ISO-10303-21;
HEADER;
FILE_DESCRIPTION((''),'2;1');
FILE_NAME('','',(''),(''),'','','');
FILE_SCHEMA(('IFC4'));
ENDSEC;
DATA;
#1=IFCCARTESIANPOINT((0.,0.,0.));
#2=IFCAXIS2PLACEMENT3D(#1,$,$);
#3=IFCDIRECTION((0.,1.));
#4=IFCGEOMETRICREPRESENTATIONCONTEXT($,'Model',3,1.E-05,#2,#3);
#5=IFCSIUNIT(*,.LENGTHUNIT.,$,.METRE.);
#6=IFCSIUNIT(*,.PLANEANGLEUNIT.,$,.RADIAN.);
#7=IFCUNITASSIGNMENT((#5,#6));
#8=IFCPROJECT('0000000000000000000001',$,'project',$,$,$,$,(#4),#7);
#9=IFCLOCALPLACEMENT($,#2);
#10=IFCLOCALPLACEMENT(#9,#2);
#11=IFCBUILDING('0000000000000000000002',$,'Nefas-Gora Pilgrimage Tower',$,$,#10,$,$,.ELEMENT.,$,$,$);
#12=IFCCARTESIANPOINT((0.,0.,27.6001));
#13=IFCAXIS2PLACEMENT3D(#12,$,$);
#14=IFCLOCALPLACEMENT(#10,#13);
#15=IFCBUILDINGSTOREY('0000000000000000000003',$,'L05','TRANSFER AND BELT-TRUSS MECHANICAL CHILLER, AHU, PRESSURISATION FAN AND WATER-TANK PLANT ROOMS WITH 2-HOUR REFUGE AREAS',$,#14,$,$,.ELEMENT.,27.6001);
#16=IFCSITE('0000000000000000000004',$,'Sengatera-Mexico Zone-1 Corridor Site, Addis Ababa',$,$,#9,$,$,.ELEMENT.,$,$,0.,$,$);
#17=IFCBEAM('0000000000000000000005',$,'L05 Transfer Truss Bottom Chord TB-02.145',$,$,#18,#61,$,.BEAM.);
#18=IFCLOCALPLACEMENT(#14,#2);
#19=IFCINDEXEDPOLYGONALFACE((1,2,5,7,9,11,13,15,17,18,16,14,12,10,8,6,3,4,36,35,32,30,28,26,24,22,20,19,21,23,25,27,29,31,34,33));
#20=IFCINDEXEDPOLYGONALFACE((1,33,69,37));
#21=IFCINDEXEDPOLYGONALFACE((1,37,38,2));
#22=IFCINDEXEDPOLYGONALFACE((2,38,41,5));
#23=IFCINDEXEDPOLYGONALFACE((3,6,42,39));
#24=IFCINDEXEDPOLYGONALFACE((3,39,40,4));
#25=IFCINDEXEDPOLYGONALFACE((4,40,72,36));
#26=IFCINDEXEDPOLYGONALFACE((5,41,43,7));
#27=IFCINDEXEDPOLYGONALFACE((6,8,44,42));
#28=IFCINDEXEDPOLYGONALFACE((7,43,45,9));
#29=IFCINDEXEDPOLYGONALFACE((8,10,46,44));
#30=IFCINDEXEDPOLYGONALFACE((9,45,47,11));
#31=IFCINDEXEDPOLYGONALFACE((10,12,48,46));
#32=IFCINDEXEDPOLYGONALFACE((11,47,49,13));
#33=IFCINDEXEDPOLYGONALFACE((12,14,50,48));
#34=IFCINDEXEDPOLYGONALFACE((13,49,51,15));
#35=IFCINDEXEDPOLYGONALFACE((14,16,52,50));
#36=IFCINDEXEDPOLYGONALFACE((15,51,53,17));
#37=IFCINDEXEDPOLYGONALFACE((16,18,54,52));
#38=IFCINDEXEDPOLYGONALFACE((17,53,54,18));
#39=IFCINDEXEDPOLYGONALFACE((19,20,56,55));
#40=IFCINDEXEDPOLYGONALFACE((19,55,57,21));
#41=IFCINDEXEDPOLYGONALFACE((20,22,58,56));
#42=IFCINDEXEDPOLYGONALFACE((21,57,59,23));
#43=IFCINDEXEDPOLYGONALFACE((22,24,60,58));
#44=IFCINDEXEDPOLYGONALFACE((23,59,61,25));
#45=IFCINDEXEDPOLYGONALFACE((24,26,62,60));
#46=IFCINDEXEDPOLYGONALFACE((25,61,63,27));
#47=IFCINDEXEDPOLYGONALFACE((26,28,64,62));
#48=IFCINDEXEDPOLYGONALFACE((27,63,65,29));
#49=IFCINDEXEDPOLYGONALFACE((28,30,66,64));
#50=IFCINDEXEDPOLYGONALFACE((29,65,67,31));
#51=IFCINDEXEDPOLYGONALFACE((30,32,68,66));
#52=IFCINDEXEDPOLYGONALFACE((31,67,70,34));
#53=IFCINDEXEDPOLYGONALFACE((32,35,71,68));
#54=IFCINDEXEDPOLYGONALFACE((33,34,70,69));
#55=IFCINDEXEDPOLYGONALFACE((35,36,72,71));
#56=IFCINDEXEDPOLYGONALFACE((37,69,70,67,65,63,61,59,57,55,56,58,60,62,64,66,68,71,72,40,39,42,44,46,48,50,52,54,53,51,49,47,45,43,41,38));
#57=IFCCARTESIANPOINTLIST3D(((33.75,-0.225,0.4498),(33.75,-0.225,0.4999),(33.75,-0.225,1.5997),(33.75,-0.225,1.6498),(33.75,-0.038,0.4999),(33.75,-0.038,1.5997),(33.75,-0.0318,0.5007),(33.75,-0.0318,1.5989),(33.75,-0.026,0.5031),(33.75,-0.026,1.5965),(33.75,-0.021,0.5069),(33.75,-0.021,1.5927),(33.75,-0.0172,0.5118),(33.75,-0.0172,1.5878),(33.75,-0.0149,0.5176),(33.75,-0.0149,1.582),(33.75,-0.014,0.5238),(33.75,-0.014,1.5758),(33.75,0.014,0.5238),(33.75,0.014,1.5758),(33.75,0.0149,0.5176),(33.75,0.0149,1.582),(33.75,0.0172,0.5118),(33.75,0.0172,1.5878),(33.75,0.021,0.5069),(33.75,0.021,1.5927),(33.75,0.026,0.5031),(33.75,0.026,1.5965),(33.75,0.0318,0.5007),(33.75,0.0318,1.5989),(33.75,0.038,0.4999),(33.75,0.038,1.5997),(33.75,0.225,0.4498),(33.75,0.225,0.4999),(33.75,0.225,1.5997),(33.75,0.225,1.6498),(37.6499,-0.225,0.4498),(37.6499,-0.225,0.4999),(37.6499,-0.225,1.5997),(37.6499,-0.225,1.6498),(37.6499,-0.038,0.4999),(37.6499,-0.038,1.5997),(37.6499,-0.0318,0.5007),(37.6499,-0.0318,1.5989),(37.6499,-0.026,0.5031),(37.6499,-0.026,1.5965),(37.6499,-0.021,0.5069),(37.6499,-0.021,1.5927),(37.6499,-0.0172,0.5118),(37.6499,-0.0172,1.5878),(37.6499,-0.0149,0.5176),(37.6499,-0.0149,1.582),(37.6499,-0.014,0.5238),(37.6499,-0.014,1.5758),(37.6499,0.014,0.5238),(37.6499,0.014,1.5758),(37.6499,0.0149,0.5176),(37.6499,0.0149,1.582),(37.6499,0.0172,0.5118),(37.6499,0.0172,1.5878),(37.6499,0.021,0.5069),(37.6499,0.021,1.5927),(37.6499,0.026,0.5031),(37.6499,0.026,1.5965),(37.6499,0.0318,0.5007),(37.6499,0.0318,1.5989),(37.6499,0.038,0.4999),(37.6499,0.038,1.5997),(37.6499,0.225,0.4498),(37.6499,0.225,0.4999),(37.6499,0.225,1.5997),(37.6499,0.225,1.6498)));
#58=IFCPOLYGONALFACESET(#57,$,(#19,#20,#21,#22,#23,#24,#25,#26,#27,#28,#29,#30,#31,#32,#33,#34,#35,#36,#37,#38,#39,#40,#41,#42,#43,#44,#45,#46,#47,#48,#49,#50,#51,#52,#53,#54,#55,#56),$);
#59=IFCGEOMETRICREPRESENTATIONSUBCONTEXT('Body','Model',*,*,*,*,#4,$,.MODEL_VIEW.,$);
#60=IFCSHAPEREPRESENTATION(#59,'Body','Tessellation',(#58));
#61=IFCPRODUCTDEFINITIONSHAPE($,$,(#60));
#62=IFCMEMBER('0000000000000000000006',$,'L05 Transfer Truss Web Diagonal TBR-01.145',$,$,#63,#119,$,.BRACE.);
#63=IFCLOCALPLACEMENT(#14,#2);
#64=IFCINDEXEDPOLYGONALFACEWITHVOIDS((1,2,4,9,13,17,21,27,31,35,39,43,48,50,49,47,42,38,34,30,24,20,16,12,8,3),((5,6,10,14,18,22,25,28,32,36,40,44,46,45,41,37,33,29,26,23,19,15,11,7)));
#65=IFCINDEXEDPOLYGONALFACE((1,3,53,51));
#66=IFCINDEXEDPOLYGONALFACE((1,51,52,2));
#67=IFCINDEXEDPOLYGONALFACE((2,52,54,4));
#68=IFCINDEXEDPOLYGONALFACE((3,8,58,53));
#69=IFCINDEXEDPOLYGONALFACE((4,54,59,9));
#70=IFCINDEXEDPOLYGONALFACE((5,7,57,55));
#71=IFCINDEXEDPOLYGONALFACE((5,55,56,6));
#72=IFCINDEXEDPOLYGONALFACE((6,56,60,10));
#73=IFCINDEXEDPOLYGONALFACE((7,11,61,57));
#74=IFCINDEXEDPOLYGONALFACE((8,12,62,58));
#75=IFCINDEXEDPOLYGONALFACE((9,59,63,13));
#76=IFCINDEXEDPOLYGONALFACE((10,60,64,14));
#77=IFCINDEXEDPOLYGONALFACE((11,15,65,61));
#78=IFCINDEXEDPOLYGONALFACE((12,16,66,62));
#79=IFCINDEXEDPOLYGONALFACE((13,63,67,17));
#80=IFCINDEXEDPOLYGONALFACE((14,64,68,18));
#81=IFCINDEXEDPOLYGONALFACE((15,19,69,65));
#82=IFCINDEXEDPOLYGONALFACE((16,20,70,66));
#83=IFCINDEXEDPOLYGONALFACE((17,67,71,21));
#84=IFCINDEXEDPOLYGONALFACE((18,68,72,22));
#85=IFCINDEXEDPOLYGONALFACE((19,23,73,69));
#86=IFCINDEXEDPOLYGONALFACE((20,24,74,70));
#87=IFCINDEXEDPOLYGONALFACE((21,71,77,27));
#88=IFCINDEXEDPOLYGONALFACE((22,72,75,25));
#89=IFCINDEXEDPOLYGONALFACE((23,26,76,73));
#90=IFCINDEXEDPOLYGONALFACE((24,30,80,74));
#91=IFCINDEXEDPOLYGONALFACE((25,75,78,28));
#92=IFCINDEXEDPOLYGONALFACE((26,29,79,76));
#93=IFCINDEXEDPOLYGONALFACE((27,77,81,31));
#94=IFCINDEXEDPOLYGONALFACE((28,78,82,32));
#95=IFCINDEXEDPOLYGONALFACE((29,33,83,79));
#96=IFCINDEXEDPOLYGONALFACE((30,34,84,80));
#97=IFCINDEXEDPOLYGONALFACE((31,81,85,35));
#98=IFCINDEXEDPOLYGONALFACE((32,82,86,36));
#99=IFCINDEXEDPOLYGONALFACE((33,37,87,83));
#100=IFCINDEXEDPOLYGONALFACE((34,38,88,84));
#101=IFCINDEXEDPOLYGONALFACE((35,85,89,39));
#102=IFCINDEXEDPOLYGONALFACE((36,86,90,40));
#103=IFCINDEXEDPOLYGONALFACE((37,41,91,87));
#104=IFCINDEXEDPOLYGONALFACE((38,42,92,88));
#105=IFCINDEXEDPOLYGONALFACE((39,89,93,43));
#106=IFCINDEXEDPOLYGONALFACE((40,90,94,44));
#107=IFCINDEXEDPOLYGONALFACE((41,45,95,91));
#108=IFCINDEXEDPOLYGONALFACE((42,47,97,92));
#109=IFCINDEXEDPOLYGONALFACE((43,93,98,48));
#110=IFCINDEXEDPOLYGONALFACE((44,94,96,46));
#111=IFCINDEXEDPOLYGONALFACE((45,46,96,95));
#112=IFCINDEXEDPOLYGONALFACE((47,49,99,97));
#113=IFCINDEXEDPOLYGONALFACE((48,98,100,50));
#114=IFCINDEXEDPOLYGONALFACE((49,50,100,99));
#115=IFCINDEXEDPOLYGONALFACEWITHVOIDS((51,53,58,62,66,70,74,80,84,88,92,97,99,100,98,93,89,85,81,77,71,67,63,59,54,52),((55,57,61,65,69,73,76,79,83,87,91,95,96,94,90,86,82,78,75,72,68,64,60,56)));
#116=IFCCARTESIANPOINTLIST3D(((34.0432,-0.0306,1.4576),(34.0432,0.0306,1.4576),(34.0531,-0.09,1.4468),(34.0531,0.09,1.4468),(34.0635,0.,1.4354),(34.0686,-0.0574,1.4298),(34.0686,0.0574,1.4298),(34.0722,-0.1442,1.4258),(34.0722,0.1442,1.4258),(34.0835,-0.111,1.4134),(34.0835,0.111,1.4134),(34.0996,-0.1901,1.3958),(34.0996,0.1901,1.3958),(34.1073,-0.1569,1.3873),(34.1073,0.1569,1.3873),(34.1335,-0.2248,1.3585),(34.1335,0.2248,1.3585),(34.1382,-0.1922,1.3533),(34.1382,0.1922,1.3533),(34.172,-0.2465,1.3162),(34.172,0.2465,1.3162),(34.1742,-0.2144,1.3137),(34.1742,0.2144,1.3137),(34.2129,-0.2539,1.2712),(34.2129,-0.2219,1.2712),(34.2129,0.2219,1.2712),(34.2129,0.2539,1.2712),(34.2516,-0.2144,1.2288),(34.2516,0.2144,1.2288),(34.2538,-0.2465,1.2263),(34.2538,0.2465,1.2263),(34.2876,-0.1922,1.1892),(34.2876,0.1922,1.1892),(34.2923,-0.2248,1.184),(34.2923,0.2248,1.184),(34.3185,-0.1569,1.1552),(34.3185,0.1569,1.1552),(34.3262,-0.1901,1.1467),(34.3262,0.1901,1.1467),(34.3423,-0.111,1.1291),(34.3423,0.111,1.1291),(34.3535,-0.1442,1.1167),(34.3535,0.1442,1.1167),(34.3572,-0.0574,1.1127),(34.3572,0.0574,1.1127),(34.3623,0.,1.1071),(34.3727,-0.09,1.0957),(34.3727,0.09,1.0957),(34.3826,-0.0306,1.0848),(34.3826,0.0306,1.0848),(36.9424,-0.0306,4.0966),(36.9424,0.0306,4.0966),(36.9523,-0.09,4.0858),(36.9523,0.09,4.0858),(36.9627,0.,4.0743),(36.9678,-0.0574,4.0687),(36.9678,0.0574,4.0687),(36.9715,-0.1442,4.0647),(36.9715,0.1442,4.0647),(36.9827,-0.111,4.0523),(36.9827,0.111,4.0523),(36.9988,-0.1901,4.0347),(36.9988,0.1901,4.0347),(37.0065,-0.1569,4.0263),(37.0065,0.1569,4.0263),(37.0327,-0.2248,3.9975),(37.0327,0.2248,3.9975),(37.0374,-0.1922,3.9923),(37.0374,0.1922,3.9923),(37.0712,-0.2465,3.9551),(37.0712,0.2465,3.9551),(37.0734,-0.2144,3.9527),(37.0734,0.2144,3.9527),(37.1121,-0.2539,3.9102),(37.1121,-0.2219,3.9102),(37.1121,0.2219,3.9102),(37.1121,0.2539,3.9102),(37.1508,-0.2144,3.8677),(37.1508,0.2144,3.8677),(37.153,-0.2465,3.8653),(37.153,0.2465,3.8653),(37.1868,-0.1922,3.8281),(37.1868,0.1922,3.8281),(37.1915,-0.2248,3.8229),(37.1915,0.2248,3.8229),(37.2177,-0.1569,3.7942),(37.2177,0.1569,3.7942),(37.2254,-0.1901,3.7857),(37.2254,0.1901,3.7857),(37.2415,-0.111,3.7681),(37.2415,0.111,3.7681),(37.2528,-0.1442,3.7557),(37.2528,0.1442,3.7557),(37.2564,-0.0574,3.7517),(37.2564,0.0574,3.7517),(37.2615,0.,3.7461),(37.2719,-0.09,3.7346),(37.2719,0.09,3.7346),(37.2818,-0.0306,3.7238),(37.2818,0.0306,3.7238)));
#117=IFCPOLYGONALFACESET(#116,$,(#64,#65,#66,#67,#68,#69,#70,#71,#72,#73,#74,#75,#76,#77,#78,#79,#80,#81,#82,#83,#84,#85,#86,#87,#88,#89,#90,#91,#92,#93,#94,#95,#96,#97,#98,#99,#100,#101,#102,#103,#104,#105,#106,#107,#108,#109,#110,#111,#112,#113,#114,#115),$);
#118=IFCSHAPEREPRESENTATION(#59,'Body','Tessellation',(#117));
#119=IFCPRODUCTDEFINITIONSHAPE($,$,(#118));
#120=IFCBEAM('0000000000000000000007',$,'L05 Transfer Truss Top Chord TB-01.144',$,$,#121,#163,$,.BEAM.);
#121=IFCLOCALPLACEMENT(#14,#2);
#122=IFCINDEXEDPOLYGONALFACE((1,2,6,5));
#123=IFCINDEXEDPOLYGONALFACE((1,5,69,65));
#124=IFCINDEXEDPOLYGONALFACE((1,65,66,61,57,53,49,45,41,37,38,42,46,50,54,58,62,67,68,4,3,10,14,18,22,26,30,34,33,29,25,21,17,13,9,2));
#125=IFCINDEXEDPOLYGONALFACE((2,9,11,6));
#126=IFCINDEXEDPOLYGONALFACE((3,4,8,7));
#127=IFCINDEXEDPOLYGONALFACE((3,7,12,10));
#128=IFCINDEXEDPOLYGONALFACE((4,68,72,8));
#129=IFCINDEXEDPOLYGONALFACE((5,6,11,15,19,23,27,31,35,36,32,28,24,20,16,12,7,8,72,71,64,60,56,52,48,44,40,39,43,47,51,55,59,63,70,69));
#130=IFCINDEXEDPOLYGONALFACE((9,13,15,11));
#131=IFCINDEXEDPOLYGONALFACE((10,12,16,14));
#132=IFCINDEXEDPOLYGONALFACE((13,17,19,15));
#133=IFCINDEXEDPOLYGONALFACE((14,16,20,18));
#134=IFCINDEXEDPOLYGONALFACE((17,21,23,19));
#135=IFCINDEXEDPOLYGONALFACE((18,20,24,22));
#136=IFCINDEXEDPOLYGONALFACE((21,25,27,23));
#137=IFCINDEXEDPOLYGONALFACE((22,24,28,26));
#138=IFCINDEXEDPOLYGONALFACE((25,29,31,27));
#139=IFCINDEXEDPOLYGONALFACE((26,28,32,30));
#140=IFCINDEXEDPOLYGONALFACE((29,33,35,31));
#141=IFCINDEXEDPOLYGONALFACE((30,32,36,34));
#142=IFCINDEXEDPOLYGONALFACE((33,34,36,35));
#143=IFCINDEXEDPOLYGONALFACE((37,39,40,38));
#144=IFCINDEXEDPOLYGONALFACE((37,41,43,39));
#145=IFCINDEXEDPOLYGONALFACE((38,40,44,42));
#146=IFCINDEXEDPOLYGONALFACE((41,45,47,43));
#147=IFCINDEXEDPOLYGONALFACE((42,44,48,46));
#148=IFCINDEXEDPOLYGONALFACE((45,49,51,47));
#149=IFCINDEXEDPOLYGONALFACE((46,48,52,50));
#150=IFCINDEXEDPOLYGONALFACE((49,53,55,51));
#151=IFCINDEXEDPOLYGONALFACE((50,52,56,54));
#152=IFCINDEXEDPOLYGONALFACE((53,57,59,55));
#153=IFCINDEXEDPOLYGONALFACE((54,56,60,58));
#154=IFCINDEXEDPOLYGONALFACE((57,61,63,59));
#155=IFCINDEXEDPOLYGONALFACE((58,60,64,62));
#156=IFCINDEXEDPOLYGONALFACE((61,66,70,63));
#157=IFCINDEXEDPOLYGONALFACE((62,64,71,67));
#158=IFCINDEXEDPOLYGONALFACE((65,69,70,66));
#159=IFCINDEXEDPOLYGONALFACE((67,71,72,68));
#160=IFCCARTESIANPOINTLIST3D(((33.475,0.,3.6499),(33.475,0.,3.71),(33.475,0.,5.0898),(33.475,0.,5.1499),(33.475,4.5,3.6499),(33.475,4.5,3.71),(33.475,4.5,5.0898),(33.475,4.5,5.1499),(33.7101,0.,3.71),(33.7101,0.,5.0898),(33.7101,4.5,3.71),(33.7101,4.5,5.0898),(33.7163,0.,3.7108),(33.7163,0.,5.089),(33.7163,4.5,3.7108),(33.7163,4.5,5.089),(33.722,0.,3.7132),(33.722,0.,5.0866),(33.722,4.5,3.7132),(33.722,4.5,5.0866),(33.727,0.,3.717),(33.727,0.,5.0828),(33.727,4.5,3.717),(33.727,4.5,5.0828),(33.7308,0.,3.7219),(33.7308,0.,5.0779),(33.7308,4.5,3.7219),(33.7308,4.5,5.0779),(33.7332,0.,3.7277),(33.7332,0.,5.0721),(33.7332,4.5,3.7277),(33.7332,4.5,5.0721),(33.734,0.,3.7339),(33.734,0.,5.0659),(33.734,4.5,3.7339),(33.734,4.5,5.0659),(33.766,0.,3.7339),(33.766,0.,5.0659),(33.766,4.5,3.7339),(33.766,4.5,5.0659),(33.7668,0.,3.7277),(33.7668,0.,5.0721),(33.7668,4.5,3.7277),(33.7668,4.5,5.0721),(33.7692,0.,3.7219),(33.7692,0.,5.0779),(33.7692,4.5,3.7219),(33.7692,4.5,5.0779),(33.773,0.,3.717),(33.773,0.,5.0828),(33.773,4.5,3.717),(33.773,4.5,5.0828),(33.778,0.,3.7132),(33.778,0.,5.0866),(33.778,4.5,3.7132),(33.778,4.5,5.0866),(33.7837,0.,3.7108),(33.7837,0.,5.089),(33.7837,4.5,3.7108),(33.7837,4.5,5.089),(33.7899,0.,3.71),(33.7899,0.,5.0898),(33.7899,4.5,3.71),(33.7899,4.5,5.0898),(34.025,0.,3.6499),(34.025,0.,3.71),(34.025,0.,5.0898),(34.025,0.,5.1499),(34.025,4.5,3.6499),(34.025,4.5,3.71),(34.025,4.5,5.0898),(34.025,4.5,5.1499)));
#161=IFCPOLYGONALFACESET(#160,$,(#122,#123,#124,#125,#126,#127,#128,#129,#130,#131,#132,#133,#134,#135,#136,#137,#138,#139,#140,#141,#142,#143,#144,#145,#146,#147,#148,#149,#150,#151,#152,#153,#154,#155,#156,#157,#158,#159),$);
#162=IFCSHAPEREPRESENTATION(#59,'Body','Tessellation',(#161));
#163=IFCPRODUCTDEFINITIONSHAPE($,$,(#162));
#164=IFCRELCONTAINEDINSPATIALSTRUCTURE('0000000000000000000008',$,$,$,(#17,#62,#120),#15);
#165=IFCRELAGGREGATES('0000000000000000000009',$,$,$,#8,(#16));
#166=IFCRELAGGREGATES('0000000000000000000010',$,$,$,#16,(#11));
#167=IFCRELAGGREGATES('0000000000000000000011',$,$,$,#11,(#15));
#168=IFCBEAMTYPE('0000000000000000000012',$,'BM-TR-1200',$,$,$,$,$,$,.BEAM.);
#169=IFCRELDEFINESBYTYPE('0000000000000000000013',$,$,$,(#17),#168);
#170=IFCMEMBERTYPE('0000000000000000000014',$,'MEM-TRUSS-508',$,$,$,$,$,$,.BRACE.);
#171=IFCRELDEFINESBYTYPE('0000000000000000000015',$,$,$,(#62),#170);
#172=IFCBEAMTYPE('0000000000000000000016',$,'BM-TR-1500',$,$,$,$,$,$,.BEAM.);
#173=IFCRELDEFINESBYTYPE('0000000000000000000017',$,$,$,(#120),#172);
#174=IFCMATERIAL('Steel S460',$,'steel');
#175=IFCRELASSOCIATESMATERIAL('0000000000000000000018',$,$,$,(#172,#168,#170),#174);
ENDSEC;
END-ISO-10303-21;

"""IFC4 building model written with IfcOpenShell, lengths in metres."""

from ifc_helpers import new_model, si_unit, direction, frame, origin, origin_2d, place, context, subcontext, project, spatial, hollow_circle, i_section, extrude, source, transform, mapped, material, material_profile, profile_set, type_object, element, save


model = new_model("IFC4")

# Units and contexts
model_context = context("Model", 3, precision=1e-05, world=origin(), true_north=direction((0.0, 1.0)))
body_context = subcontext(model_context, "Body", "Model", "MODEL_VIEW")
ifc_project = project(units=[si_unit("LENGTHUNIT", "METRE"), si_unit("PLANEANGLEUNIT", "RADIAN")], contexts=[model_context])

# Site, building, storey
site_placement = place(None, origin())
site = spatial("IfcSite", under=ifc_project, at=site_placement, Name="Sengatera-Mexico Zone-1 Corridor Site, Addis Ababa", CompositionType="ELEMENT", RefElevation=0.0)
building_placement = place(site_placement, origin())
building = spatial("IfcBuilding", under=site, at=building_placement, Name="Nefas-Gora Pilgrimage Tower", CompositionType="ELEMENT")
storey_placement = place(building_placement, frame((0.0, 0.0, 27.6001)))
storey = spatial("IfcBuildingStorey", under=building, at=storey_placement, Name="L05", Description="TRANSFER AND BELT-TRUSS MECHANICAL CHILLER, AHU, PRESSURISATION FAN AND WATER-TANK PLANT ROOMS WITH 2-HOUR REFUGE AREAS", CompositionType="ELEMENT", Elevation=27.6001)

# Shared definitions
ifc_material_1 = material(Name="Steel S460", Category="steel")

# Shared definitions
ifc_material_profile_1 = material_profile(ifc_material_1, i_section(OverallWidth=0.55, OverallDepth=1.5, WebThickness=0.032, FlangeThickness=0.0601, FilletRadius=0.0239, at=origin_2d()), Name="WPG 1500x550x32x60")
ifc_profile_set_1 = profile_set([ifc_material_profile_1], Name="Steel S460")
beam_type_1 = type_object("IfcBeamType", Name="BM-TR-1500", PredefinedType="BEAM", material=ifc_profile_set_1)
ifc_material_profile_2 = material_profile(ifc_material_1, i_section(OverallWidth=0.45, OverallDepth=1.2, WebThickness=0.0281, FlangeThickness=0.05, FilletRadius=0.0239, at=origin_2d()), Name="WPG 1200x450x28x50")
ifc_profile_set_2 = profile_set([ifc_material_profile_2], Name="Steel S460")
beam_type_2 = type_object("IfcBeamType", Name="BM-TR-1200", PredefinedType="BEAM", material=ifc_profile_set_2)

# Shared definitions
ifc_material_profile_3 = material_profile(ifc_material_1, hollow_circle(Radius=0.2539, WallThickness=0.032, at=origin_2d()), Name="CHS 508x32")
ifc_profile_set_3 = profile_set([ifc_material_profile_3], Name="Steel S460")
member_type = type_object("IfcMemberType", Name="MEM-TRUSS-508", PredefinedType="BRACE", material=ifc_profile_set_3)

# Beam
shared_shape_1 = source(origin(), body_context, "Body", "SweptSolid", [
    extrude(i_section(OverallWidth=0.45, OverallDepth=1.2, WebThickness=0.0281, FlangeThickness=0.05, FilletRadius=0.0239, at=origin_2d()), origin(), (0.0, 0.0, 1.0), 3.8999),
])
beam_1_placement = place(storey_placement, frame((33.75, 0.0, 1.0498), z_axis=(1.0, 0.0, 0.0), x_axis=(0.0, 1.0, 0.0)))
element("IfcBeam", 1, at=beam_1_placement, inside=storey, type_object=beam_type_2, Name="L05 Transfer Truss Bottom Chord TB-02.145", PredefinedType="BEAM", context=body_context, shape_type="MappedRepresentation", body=[
    mapped(shared_shape_1, transform((0.0, 0.0, 0.0), x_axis=(1.0, 0.0, 0.0), y_axis=(0.0, 1.0, 0.0), z_axis=(0.0, 0.0, 1.0), scale=1.0)),
])

# Member
shared_shape_2 = source(origin(), body_context, "Body", "SweptSolid", [
    extrude(hollow_circle(Radius=0.2539, WallThickness=0.032, at=origin_2d()), origin(), (0.0, 0.0, 1.0), 3.9204),
])
member_1_placement = place(storey_placement, frame((34.2129, 0.0, 1.2712), z_axis=(0.73952, 0.0, 0.673135), x_axis=(0.0, 1.0, 0.0)))
element("IfcMember", 2, at=member_1_placement, inside=storey, type_object=member_type, Name="L05 Transfer Truss Web Diagonal TBR-01.145", PredefinedType="BRACE", context=body_context, shape_type="MappedRepresentation", body=[
    mapped(shared_shape_2, transform((0.0, 0.0, 0.0), x_axis=(1.0, 0.0, 0.0), y_axis=(0.0, 1.0, 0.0), z_axis=(0.0, 0.0, 1.0), scale=1.0)),
])

# Beam
shared_shape_3 = source(origin(), body_context, "Body", "SweptSolid", [
    extrude(i_section(OverallWidth=0.55, OverallDepth=1.5, WebThickness=0.032, FlangeThickness=0.0601, FilletRadius=0.0239, at=origin_2d()), origin(), (0.0, 0.0, 1.0), 4.5),
])
for number, where, z_axis, x_axis, name in (
    (3, (33.75, 0.0, 4.3999), (0.0, 1.0, 0.0), (-1.0, 0.0, 0.0), "L05 Transfer Truss Top Chord TB-01.144"),
):
    element("IfcBeam", number, at=place(storey_placement, frame(where, z_axis=z_axis, x_axis=x_axis)), inside=storey, type_object=beam_type_1, Name=name, PredefinedType="BEAM", context=body_context, shape_type="MappedRepresentation", body=[
        mapped(shared_shape_3, transform((0.0, 0.0, 0.0), x_axis=(1.0, 0.0, 0.0), y_axis=(0.0, 1.0, 0.0), z_axis=(0.0, 0.0, 1.0), scale=1.0)),
    ])

save(model, "model.ifc")
